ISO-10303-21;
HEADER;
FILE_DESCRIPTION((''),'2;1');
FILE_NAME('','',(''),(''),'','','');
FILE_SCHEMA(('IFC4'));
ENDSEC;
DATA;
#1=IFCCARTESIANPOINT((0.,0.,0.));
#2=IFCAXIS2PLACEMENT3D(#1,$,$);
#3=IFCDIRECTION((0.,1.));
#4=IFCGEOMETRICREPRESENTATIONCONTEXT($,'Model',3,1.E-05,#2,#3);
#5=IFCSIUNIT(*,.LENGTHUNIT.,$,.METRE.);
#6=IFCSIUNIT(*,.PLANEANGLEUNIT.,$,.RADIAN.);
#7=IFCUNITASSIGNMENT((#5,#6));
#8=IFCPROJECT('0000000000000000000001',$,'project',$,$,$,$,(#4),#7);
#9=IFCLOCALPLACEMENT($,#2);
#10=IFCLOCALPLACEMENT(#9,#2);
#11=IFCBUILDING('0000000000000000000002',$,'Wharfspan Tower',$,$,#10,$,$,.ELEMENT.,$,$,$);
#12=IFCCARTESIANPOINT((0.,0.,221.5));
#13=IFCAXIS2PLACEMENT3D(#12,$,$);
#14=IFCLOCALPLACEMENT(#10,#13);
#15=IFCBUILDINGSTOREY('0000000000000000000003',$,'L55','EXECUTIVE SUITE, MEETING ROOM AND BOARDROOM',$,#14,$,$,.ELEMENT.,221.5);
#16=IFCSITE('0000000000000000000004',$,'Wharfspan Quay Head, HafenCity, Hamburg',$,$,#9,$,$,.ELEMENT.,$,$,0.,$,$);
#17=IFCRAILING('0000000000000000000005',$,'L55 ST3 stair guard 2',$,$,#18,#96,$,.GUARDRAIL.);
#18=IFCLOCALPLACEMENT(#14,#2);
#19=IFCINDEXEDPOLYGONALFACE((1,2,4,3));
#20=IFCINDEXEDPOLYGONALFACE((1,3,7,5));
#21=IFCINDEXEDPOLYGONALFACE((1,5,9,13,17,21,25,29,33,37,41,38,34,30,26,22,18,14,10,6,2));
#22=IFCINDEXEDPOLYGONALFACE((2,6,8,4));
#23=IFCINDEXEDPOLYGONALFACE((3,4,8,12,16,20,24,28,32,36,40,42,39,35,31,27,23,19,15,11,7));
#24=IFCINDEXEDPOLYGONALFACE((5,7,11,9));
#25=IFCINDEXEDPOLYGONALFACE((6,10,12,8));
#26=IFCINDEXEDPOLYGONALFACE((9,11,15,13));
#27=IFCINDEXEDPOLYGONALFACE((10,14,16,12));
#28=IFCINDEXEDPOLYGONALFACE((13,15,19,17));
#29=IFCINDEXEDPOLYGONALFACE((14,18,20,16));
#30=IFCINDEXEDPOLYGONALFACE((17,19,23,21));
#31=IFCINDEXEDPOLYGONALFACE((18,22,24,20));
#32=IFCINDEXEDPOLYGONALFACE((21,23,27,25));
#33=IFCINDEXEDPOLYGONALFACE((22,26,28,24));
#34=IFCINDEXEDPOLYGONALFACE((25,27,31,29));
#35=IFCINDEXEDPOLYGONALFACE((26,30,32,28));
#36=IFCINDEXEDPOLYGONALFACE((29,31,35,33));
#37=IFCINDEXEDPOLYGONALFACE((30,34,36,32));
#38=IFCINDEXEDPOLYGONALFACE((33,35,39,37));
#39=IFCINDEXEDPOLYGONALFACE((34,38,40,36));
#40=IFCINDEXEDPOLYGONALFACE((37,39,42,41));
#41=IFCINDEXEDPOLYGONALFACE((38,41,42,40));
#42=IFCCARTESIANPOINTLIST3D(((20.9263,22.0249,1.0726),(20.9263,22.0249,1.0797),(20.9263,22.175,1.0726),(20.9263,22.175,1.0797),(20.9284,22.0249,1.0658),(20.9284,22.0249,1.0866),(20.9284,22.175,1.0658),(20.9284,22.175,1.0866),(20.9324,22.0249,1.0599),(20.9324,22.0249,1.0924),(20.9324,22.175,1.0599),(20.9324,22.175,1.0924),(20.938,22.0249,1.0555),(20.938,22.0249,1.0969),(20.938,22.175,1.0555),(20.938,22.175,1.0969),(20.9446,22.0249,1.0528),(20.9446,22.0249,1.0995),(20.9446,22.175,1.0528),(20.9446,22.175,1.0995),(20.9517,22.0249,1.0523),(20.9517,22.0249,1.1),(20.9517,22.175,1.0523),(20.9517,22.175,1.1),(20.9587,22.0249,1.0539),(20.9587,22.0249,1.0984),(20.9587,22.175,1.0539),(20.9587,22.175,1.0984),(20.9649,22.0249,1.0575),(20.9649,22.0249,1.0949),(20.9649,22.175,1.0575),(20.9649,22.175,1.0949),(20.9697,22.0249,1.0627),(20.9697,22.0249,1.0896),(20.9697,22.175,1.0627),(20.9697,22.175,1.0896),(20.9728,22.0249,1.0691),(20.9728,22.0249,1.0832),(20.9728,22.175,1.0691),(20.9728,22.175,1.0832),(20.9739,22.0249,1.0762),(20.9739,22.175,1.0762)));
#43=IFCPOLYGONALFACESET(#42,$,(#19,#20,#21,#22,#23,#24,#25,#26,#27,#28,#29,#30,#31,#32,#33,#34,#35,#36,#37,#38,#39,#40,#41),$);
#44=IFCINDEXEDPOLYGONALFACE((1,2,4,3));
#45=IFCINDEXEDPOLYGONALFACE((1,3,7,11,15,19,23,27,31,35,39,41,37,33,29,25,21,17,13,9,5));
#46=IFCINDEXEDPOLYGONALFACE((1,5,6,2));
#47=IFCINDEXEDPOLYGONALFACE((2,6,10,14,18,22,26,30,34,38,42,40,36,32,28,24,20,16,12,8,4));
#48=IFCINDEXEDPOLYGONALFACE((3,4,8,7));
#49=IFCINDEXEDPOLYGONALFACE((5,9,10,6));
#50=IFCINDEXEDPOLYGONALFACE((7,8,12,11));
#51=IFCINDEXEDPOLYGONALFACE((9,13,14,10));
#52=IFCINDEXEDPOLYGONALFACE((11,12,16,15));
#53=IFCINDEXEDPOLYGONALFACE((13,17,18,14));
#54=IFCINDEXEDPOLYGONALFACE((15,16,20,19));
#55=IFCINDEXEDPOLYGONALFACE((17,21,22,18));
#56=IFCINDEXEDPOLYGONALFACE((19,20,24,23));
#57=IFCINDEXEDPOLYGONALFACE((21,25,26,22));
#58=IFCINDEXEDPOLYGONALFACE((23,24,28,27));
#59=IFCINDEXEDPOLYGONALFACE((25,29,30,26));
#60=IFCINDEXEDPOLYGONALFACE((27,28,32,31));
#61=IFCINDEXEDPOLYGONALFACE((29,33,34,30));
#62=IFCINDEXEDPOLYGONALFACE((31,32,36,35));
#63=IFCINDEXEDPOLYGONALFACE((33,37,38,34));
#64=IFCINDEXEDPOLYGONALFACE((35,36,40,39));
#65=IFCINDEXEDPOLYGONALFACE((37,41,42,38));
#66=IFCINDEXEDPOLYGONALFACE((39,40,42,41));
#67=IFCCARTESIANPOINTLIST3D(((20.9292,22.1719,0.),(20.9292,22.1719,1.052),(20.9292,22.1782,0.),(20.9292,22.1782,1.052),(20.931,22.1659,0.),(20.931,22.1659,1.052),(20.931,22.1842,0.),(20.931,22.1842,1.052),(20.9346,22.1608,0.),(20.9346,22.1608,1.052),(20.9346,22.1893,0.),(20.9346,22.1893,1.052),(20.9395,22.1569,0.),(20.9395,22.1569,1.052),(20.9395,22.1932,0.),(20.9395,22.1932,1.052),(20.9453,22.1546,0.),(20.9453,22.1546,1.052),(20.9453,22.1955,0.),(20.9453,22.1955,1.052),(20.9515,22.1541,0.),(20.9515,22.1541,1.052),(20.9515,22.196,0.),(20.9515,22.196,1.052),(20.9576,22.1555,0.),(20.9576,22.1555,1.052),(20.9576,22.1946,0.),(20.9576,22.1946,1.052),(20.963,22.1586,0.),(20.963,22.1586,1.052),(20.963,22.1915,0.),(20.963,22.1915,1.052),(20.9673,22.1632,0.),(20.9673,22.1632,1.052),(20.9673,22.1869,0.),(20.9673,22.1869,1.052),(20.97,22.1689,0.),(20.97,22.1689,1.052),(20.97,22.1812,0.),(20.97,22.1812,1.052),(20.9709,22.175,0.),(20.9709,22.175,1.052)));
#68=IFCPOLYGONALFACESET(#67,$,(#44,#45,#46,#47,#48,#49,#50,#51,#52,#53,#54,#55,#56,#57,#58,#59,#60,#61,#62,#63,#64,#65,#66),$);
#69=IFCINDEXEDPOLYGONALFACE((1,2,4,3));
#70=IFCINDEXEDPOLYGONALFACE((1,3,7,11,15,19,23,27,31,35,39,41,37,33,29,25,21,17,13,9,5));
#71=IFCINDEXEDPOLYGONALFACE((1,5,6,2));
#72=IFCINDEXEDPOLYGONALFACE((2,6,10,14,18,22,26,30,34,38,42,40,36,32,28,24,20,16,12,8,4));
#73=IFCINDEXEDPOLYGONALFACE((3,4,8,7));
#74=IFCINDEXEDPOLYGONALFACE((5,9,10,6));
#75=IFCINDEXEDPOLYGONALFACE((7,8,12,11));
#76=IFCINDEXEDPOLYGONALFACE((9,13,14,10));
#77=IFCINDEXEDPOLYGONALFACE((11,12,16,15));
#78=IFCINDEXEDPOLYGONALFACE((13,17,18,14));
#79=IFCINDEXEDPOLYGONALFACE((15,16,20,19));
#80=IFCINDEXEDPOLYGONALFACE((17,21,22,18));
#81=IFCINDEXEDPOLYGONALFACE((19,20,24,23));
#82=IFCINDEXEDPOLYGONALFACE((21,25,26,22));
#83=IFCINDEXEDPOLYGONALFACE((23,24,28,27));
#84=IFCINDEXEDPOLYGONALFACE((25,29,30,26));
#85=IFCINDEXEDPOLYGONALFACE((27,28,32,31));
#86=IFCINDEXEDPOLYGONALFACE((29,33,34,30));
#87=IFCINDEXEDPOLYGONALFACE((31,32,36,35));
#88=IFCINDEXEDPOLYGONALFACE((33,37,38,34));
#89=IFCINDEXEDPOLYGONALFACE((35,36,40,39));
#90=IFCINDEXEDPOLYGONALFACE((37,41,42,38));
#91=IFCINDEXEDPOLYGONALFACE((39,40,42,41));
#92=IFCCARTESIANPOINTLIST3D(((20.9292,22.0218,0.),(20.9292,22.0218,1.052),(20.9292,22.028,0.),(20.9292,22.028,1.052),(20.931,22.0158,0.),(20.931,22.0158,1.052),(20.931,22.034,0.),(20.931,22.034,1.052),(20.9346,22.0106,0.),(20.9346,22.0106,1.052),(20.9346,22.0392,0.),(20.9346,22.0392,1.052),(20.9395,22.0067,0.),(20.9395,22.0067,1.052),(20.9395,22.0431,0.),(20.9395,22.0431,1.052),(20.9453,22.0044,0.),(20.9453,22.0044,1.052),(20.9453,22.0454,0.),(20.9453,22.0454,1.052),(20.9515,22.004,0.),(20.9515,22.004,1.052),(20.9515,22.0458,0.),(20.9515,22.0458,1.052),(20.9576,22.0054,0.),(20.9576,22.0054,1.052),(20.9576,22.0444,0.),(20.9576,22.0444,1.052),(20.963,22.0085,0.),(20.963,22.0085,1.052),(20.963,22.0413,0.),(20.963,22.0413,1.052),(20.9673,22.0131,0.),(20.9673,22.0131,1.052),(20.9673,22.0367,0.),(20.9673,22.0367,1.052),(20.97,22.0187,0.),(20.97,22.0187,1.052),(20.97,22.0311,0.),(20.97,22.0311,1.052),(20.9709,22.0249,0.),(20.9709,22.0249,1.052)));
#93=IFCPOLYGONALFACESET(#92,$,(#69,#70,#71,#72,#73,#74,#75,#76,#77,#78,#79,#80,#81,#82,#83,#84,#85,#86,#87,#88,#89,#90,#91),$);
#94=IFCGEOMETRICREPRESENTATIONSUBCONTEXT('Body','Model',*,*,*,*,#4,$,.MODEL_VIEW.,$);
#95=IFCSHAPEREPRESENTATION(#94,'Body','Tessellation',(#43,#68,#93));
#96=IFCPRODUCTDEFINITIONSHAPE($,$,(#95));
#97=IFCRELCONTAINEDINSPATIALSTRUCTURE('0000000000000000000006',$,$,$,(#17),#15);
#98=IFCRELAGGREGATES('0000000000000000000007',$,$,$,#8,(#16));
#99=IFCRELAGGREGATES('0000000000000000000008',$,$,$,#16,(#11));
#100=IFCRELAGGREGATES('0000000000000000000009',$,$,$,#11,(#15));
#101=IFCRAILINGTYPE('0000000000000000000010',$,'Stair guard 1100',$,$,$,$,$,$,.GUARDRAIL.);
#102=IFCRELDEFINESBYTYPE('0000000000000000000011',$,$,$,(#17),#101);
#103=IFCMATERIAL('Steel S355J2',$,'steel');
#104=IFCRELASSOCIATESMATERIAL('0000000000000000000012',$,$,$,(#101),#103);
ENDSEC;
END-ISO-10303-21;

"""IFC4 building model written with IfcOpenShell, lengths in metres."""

from ifc_helpers import new_model, si_unit, direction, frame, origin, origin_2d, place, context, subcontext, project, spatial, circle, extrude, material, type_object, element, save


model = new_model("IFC4")

# Units and contexts
model_context = context("Model", 3, precision=1e-05, world=origin(), true_north=direction((0.0, 1.0)))
body_context = subcontext(model_context, "Body", "Model", "MODEL_VIEW")
ifc_project = project(units=[si_unit("LENGTHUNIT", "METRE"), si_unit("PLANEANGLEUNIT", "RADIAN")], contexts=[model_context])

# Site, building, storey
site_placement = place(None, origin())
site = spatial("IfcSite", under=ifc_project, at=site_placement, Name="Wharfspan Quay Head, HafenCity, Hamburg", CompositionType="ELEMENT", RefElevation=0.0)
building_placement = place(site_placement, origin())
building = spatial("IfcBuilding", under=site, at=building_placement, Name="Wharfspan Tower", CompositionType="ELEMENT")
storey_placement = place(building_placement, frame((0.0, 0.0, 221.5)))
storey = spatial("IfcBuildingStorey", under=building, at=storey_placement, Name="L55", Description="EXECUTIVE SUITE, MEETING ROOM AND BOARDROOM", CompositionType="ELEMENT", Elevation=221.5)

# Shared definitions
ifc_material_1 = material(Name="Steel S355J2", Category="steel")

# Railing
railing_type_1 = type_object("IfcRailingType", Name="Stair guard 1100", PredefinedType="GUARDRAIL", material=ifc_material_1)
railing_1_placement = place(storey_placement, frame((20.95, 22.175, 0.0)))
element("IfcRailing", 1, at=railing_1_placement, inside=storey, type_object=railing_type_1, Name="L55 ST3 stair guard 2", PredefinedType="GUARDRAIL", context=body_context, shape_type="SweptSolid", body=[
    extrude(circle(Radius=0.0239, at=origin_2d()), frame((0.0, 0.0, 1.0762), z_axis=(0.0, -1.0, 0.0), x_axis=(1.0, 0.0, 0.0)), (0.0, 0.0, 1.0), 0.1501),
    extrude(circle(Radius=0.021, at=origin_2d()), origin(), (0.0, 0.0, 1.0), 1.052),
    extrude(circle(Radius=0.021, at=origin_2d()), frame((0.0, -0.1501, 0.0)), (0.0, 0.0, 1.0), 1.052),
])

save(model, "model.ifc")
